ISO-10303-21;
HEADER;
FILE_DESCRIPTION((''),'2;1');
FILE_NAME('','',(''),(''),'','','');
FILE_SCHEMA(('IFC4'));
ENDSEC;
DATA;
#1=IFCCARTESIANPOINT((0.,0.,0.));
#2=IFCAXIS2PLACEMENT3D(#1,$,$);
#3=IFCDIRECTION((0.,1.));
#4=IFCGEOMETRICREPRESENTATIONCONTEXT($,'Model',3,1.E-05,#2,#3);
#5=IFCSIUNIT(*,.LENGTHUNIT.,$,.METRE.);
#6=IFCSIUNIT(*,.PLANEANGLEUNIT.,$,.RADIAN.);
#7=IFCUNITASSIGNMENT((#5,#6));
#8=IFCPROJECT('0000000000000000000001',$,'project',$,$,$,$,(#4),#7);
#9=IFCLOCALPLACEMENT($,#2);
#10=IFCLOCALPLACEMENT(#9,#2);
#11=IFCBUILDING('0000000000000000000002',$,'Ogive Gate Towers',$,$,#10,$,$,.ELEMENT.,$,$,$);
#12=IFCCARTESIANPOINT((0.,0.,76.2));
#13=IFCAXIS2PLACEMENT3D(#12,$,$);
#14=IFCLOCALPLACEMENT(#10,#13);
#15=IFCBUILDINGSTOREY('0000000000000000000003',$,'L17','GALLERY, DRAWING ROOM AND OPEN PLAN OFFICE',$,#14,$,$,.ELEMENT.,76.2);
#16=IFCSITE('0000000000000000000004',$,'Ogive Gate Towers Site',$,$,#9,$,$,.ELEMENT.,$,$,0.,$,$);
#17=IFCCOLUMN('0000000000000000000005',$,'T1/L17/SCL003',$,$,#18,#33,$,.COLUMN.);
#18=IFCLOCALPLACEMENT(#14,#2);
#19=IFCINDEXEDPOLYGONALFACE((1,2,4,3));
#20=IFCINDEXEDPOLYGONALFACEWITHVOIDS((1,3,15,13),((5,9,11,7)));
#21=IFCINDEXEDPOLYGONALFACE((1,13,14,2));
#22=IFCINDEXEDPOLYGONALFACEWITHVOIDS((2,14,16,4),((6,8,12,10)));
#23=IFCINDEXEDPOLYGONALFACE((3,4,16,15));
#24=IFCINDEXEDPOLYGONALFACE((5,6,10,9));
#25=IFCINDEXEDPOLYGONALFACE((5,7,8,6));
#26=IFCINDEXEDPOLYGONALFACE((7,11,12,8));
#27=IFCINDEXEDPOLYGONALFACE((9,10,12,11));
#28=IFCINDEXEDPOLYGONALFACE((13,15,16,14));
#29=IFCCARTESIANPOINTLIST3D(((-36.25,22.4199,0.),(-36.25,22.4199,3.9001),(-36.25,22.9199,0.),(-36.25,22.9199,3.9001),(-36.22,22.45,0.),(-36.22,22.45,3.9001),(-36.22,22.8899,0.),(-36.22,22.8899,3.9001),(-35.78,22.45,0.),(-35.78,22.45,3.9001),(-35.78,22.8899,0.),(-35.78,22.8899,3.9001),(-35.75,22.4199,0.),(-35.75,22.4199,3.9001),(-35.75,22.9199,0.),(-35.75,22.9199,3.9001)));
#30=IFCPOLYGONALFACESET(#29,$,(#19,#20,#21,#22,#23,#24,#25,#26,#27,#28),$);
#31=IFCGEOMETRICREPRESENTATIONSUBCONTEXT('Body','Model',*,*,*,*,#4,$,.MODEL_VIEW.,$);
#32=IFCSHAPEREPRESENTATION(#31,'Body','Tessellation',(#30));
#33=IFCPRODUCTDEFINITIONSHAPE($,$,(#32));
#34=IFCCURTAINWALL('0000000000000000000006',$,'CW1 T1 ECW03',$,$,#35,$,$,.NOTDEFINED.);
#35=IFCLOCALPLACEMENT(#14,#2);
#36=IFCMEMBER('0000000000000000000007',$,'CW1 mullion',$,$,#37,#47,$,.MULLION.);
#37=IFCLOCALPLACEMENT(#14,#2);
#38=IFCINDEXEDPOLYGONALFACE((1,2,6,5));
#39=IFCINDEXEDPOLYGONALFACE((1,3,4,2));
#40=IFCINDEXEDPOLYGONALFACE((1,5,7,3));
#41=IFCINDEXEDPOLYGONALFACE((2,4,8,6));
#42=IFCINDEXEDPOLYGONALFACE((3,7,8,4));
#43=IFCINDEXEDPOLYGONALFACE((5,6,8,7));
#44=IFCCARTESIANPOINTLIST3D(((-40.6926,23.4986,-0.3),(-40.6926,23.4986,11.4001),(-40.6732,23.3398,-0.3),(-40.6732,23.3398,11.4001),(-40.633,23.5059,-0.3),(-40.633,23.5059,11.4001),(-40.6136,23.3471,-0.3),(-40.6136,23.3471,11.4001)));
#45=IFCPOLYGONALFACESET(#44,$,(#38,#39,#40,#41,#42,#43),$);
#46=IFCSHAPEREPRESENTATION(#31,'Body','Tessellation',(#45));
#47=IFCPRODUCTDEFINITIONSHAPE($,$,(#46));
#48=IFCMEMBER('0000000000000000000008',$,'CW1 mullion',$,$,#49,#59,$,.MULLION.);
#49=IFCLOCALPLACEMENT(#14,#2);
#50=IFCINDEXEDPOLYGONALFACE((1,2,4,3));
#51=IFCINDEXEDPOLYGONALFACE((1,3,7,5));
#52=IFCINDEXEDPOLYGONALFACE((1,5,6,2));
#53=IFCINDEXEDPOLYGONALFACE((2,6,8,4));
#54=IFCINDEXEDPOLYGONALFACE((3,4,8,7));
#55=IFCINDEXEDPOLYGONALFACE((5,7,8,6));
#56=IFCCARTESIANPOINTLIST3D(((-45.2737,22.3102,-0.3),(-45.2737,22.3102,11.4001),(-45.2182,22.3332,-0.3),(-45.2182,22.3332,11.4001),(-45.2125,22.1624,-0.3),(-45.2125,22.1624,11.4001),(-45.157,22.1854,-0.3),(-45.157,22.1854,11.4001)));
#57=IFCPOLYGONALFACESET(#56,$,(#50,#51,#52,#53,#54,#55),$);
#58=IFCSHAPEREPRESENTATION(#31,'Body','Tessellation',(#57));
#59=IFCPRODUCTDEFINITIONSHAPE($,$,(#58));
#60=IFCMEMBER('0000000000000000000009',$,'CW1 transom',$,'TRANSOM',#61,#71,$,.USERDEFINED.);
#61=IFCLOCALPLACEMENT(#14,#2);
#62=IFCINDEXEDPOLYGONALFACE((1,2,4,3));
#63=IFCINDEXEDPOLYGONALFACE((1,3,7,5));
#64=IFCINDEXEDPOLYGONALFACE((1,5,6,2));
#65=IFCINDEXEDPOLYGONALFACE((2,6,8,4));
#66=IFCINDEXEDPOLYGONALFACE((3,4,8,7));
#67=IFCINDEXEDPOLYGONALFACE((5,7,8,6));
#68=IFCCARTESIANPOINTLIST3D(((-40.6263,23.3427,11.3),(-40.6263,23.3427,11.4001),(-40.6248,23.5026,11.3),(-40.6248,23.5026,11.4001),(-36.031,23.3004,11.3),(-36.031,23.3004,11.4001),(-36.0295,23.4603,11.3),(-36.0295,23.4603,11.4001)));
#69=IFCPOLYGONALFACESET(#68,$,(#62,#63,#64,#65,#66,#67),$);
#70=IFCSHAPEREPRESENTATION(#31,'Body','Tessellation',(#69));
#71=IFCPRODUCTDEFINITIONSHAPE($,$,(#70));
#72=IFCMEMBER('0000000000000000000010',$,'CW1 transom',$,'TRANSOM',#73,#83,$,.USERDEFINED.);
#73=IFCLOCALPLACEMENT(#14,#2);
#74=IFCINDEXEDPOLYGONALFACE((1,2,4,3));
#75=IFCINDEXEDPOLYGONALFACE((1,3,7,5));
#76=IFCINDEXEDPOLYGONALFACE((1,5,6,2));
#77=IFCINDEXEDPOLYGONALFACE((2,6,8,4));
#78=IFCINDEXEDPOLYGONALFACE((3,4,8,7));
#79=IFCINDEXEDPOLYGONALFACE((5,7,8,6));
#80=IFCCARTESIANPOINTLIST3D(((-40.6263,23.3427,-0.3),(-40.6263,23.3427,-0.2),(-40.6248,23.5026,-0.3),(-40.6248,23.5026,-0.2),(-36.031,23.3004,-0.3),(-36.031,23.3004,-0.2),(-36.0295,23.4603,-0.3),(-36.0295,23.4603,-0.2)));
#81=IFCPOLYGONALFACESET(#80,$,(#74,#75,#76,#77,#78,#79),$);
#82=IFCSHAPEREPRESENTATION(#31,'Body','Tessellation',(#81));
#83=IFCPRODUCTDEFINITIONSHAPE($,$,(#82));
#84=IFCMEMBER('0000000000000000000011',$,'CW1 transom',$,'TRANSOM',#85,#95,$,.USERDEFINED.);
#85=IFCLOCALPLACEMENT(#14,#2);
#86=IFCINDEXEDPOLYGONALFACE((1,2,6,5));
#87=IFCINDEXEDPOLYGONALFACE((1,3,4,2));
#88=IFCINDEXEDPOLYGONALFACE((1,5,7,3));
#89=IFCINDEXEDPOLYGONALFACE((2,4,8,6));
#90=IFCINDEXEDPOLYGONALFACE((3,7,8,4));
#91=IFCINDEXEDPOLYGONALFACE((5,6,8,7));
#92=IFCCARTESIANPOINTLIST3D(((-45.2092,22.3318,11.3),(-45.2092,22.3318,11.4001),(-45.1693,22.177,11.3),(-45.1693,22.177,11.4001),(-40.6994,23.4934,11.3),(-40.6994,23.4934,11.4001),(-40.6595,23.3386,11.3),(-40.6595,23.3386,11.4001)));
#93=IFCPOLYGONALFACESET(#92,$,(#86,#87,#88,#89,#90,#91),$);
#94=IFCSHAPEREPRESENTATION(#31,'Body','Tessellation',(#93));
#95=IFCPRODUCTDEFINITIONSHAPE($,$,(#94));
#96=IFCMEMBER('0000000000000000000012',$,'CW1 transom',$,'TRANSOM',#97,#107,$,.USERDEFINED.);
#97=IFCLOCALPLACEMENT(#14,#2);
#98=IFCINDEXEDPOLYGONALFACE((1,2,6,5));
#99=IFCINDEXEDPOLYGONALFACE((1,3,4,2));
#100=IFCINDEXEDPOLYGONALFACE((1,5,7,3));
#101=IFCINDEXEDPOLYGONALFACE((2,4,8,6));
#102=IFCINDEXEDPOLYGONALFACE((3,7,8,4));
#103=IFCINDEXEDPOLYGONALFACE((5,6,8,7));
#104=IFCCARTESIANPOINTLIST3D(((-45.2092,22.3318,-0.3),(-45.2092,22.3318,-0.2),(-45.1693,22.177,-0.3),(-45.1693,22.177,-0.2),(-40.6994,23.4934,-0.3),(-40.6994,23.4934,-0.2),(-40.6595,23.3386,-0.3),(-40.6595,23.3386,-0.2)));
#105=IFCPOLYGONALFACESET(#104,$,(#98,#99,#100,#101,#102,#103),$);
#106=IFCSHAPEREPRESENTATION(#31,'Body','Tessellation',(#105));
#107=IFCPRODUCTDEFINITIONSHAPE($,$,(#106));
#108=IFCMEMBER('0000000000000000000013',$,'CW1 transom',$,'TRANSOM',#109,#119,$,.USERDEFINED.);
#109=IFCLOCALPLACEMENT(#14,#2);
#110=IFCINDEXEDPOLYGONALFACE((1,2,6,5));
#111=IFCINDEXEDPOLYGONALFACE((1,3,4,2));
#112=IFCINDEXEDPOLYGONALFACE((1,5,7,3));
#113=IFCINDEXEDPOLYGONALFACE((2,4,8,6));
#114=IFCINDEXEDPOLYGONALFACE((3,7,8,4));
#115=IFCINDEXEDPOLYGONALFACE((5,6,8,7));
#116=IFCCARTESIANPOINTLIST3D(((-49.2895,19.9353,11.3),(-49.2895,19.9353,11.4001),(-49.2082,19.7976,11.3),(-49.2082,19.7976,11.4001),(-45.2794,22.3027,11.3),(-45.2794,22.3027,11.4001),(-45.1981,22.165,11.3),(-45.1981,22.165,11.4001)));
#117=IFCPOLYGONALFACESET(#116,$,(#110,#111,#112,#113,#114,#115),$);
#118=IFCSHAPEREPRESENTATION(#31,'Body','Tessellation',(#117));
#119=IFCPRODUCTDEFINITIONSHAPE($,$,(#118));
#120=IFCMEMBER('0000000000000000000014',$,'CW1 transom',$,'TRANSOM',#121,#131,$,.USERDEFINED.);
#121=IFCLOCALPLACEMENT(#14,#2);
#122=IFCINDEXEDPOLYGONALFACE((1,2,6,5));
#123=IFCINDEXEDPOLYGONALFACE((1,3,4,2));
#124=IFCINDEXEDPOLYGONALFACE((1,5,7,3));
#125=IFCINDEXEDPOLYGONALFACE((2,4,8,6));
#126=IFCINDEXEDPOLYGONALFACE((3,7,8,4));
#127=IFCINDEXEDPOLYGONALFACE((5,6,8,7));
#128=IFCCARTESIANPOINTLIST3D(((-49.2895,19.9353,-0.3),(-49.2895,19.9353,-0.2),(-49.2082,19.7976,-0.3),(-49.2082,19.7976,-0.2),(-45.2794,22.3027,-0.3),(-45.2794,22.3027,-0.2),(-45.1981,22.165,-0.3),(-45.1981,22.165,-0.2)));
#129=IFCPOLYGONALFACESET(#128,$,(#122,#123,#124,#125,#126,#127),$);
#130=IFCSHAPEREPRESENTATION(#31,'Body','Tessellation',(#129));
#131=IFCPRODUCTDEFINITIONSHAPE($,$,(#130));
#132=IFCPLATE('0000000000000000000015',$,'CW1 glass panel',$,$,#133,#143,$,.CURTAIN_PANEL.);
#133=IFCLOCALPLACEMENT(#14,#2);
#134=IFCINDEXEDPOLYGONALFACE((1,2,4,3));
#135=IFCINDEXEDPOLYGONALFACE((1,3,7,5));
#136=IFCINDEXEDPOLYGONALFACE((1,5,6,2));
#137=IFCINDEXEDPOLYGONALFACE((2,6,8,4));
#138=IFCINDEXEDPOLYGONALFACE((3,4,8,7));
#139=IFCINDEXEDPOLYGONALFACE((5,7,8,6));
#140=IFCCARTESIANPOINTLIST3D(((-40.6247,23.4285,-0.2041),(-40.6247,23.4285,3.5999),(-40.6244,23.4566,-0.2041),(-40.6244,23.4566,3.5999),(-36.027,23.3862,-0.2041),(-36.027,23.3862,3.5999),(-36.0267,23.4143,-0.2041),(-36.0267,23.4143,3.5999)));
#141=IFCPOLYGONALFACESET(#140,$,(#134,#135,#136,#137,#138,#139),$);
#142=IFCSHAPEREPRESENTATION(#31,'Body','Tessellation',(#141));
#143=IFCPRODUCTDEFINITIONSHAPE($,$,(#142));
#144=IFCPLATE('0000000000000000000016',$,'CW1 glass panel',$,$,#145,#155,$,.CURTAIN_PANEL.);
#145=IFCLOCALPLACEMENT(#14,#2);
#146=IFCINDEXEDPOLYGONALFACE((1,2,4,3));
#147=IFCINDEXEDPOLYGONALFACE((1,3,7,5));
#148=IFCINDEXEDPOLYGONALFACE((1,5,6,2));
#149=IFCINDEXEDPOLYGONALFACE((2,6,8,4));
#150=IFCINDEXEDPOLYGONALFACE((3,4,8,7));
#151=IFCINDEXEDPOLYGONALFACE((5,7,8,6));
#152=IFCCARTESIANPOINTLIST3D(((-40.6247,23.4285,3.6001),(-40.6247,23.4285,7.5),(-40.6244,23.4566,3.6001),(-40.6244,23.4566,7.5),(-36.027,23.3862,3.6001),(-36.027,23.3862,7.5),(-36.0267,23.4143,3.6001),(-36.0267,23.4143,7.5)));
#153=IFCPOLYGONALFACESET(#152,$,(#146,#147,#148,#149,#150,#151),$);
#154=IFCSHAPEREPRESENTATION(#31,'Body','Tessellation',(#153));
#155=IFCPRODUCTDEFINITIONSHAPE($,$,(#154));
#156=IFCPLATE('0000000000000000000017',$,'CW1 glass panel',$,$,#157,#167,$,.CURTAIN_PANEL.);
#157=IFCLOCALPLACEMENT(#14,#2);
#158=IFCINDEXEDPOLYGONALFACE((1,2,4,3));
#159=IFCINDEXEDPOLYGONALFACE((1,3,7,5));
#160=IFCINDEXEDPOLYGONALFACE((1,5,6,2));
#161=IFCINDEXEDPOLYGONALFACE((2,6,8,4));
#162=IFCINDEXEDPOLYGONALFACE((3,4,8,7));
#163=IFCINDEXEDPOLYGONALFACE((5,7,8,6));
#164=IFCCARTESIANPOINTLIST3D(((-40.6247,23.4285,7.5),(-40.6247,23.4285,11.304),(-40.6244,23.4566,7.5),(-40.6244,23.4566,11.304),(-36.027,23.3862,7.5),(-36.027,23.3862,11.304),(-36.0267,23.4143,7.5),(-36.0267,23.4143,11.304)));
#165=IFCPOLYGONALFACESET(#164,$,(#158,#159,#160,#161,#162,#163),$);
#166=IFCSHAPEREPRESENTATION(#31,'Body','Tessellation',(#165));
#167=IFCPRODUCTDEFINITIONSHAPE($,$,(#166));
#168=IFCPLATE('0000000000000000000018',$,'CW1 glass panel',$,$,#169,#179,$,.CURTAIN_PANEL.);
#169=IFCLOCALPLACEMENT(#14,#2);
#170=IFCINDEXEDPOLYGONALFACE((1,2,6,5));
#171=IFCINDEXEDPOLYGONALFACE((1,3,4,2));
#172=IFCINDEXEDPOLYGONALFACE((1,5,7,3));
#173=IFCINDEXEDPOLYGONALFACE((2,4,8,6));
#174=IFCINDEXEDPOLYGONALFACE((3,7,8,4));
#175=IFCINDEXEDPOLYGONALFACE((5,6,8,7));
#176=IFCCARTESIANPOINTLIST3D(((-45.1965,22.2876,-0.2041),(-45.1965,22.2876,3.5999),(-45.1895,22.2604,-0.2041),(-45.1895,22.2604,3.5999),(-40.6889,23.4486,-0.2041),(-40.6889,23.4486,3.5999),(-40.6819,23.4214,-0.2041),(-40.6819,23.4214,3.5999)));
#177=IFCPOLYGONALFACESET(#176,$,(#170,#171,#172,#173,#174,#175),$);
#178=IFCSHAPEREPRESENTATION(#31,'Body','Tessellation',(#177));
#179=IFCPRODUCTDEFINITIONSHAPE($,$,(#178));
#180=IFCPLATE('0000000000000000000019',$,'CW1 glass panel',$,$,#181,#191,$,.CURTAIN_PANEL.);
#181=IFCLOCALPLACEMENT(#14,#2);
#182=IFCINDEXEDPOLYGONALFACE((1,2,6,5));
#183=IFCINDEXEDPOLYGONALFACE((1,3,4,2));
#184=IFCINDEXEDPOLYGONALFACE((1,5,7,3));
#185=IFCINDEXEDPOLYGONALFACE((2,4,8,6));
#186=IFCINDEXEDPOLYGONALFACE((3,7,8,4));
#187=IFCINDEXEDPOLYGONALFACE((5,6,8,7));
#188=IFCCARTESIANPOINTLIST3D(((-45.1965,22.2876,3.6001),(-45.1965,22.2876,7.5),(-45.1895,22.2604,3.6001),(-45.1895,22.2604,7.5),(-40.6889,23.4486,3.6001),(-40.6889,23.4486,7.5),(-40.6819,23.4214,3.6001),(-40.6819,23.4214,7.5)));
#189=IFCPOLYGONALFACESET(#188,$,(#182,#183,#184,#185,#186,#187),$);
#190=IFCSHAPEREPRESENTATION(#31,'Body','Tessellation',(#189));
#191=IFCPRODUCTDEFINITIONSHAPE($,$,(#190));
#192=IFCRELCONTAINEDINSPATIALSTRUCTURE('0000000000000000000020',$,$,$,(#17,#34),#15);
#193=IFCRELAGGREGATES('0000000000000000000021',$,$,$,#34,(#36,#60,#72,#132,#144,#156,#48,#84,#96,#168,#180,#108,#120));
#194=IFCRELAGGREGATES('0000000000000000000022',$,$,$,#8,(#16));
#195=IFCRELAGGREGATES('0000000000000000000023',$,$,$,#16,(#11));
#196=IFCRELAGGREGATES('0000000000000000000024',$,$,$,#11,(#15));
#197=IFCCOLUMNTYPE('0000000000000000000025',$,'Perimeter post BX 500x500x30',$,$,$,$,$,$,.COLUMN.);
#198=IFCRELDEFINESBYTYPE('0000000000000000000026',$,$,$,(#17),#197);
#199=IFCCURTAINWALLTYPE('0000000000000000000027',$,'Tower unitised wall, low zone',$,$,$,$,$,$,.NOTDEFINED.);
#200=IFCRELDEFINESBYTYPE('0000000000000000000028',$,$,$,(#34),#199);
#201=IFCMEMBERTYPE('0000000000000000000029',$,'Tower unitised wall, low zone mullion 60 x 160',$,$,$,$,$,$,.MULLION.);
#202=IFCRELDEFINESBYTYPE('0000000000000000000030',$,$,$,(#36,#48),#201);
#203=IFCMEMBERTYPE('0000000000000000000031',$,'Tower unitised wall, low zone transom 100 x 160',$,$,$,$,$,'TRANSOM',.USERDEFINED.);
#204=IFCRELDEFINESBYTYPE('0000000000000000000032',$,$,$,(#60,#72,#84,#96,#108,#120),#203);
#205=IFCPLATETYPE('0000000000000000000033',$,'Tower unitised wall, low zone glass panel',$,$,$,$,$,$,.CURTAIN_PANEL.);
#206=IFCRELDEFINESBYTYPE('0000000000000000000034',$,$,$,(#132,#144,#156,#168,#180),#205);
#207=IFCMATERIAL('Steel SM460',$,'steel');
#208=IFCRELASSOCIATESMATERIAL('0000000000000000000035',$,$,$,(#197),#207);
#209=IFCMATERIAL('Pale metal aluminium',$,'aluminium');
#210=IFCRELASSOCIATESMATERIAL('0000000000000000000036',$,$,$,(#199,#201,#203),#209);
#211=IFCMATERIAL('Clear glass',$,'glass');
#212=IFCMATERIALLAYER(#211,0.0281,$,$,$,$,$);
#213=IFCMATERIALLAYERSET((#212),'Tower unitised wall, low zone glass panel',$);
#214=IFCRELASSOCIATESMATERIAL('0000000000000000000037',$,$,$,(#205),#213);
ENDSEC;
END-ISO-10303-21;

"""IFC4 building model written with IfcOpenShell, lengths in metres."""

from ifc_helpers import new_model, si_unit, direction, frame, origin, origin_2d, place, context, subcontext, project, spatial, rectangle, hollow_rectangle, extrude, material, layer, layer_set, material_profile, profile_set, type_object, element, aggregate, save


model = new_model("IFC4")

# Units and contexts
model_context = context("Model", 3, precision=1e-05, world=origin(), true_north=direction((0.0, 1.0)))
body_context = subcontext(model_context, "Body", "Model", "MODEL_VIEW")
ifc_project = project(units=[si_unit("LENGTHUNIT", "METRE"), si_unit("PLANEANGLEUNIT", "RADIAN")], contexts=[model_context])

# Site, building, storey
site_placement = place(None, origin())
site = spatial("IfcSite", under=ifc_project, at=site_placement, Name="Ogive Gate Towers Site", CompositionType="ELEMENT", RefElevation=0.0)
building_placement = place(site_placement, origin())
building = spatial("IfcBuilding", under=site, at=building_placement, Name="Ogive Gate Towers", CompositionType="ELEMENT")
storey_placement = place(building_placement, frame((0.0, 0.0, 76.2)))
storey = spatial("IfcBuildingStorey", under=building, at=storey_placement, Name="L17", Description="GALLERY, DRAWING ROOM AND OPEN PLAN OFFICE", CompositionType="ELEMENT", Elevation=76.2)

# Column
ifc_material_1 = material(Name="Steel SM460", Category="steel")
ifc_material_profile_1 = material_profile(ifc_material_1, hollow_rectangle(XDim=0.5, YDim=0.5, WallThickness=0.03, at=origin_2d()), Name="BX 500x500x30")
ifc_profile_set_1 = profile_set([ifc_material_profile_1], Name="Steel SM460")
column_type = type_object("IfcColumnType", Name="Perimeter post BX 500x500x30", PredefinedType="COLUMN", material=ifc_profile_set_1)
column_placement = place(storey_placement, frame((-36.0, 22.6699, 0.0), z_axis=(0.0, 0.0, 1.0), x_axis=(1.0, 0.0, 0.0)))
element("IfcColumn", 1, at=column_placement, inside=storey, type_object=column_type, Name="T1/L17/SCL003", PredefinedType="COLUMN", context=body_context, shape_type="SweptSolid", body=[
    extrude(hollow_rectangle(XDim=0.5, YDim=0.5, WallThickness=0.03, at=origin_2d()), origin(), (0.0, 0.0, 1.0), 3.9001),
])

# Curtain wall, members, plates
ifc_material_2 = material(Name="Pale metal aluminium", Category="aluminium")
curtain_wall_type = type_object("IfcCurtainWallType", Name="Tower unitised wall, low zone", PredefinedType="NOTDEFINED", material=ifc_material_2)
curtain_wall_placement = place(storey_placement, origin())
curtain_wall = element("IfcCurtainWall", 2, at=curtain_wall_placement, inside=storey, type_object=curtain_wall_type, Name="CW1 T1 ECW03", PredefinedType="NOTDEFINED")
ifc_material_profile_2 = material_profile(ifc_material_2, rectangle(XDim=0.1599, YDim=0.0601, at=origin_2d()), Name="60 x 160 aluminium box")
ifc_profile_set_2 = profile_set([ifc_material_profile_2], Name="Pale metal aluminium")
member_type_1 = type_object("IfcMemberType", Name="Tower unitised wall, low zone mullion 60 x 160", PredefinedType="MULLION", material=ifc_profile_set_2)
member_1_placement = place(storey_placement, frame((-40.6531, 23.4229, -0.3), z_axis=(0.0, 0.0, 1.0), x_axis=(-0.121142, 0.992635, 0.0)))
member_1 = element("IfcMember", 3, at=member_1_placement, type_object=member_type_1, Name="CW1 mullion", PredefinedType="MULLION", context=body_context, shape_type="SweptSolid", body=[
    extrude(rectangle(XDim=0.1599, YDim=0.0601, at=origin_2d()), origin(), (0.0, 0.0, 1.0), 11.7002),
])
member_2_placement = place(storey_placement, frame((-45.2153, 22.2478, -0.3), z_axis=(0.0, 0.0, 1.0), x_axis=(-0.382683, 0.92388, 0.0)))
member_2 = element("IfcMember", 4, at=member_2_placement, type_object=member_type_1, Name="CW1 mullion", PredefinedType="MULLION", context=body_context, shape_type="SweptSolid", body=[
    extrude(rectangle(XDim=0.1599, YDim=0.0601, at=origin_2d()), origin(), (0.0, 0.0, 1.0), 11.7002),
])
ifc_material_profile_3 = material_profile(ifc_material_2, rectangle(XDim=0.1599, YDim=0.1001, at=origin_2d()), Name="100 x 160 aluminium box")
ifc_profile_set_3 = profile_set([ifc_material_profile_3], Name="Pale metal aluminium")
member_type_2 = type_object("IfcMemberType", Name="Tower unitised wall, low zone transom 100 x 160", ElementType="TRANSOM", PredefinedType="USERDEFINED", material=ifc_profile_set_3)
member_3_placement = place(storey_placement, frame((-36.0303, 23.3804, 11.3501), z_axis=(-0.999958, 0.009191, 0.0), x_axis=(-0.009191, -0.999958, 0.0)))
member_3 = element("IfcMember", 5, at=member_3_placement, type_object=member_type_2, Name="CW1 transom", ObjectType="TRANSOM", PredefinedType="USERDEFINED", context=body_context, shape_type="SweptSolid", body=[
    extrude(rectangle(XDim=0.1599, YDim=0.1001, at=origin_2d()), origin(), (0.0, 0.0, 1.0), 4.5955),
])
member_4_placement = place(storey_placement, frame((-36.0303, 23.3804, -0.25), z_axis=(-0.999958, 0.009191, 0.0), x_axis=(-0.009191, -0.999958, 0.0)))
member_4 = element("IfcMember", 6, at=member_4_placement, type_object=member_type_2, Name="CW1 transom", ObjectType="TRANSOM", PredefinedType="USERDEFINED", context=body_context, shape_type="SweptSolid", body=[
    extrude(rectangle(XDim=0.1599, YDim=0.1001, at=origin_2d()), origin(), (0.0, 0.0, 1.0), 4.5955),
])
member_5_placement = place(storey_placement, frame((-40.6794, 23.416, 11.3501), z_axis=(-0.968391, -0.249437, 0.0), x_axis=(0.249437, -0.968391, 0.0)))
member_5 = element("IfcMember", 7, at=member_5_placement, type_object=member_type_2, Name="CW1 transom", ObjectType="TRANSOM", PredefinedType="USERDEFINED", context=body_context, shape_type="SweptSolid", body=[
    extrude(rectangle(XDim=0.1599, YDim=0.1001, at=origin_2d()), origin(), (0.0, 0.0, 1.0), 4.657),
])
member_6_placement = place(storey_placement, frame((-40.6794, 23.416, -0.25), z_axis=(-0.968391, -0.249437, 0.0), x_axis=(0.249437, -0.968391, 0.0)))
member_6 = element("IfcMember", 8, at=member_6_placement, type_object=member_type_2, Name="CW1 transom", ObjectType="TRANSOM", PredefinedType="USERDEFINED", context=body_context, shape_type="SweptSolid", body=[
    extrude(rectangle(XDim=0.1599, YDim=0.1001, at=origin_2d()), origin(), (0.0, 0.0, 1.0), 4.657),
])
member_7_placement = place(storey_placement, frame((-45.2388, 22.2339, 11.3501), z_axis=(-0.861126, -0.508392, 0.0), x_axis=(0.508392, -0.861126, 0.0)))
member_7 = element("IfcMember", 9, at=member_7_placement, type_object=member_type_2, Name="CW1 transom", ObjectType="TRANSOM", PredefinedType="USERDEFINED", context=body_context, shape_type="SweptSolid", body=[
    extrude(rectangle(XDim=0.1599, YDim=0.1001, at=origin_2d()), origin(), (0.0, 0.0, 1.0), 4.6567),
])
member_8_placement = place(storey_placement, frame((-45.2388, 22.2339, -0.25), z_axis=(-0.861126, -0.508392, 0.0), x_axis=(0.508392, -0.861126, 0.0)))
member_8 = element("IfcMember", 10, at=member_8_placement, type_object=member_type_2, Name="CW1 transom", ObjectType="TRANSOM", PredefinedType="USERDEFINED", context=body_context, shape_type="SweptSolid", body=[
    extrude(rectangle(XDim=0.1599, YDim=0.1001, at=origin_2d()), origin(), (0.0, 0.0, 1.0), 4.6567),
])
ifc_material_3 = material(Name="Clear glass", Category="glass")
ifc_layer_1 = layer(ifc_material_3, 0.0281)
ifc_layer_set_1 = layer_set([ifc_layer_1], Name="Tower unitised wall, low zone glass panel")
plate_type = type_object("IfcPlateType", Name="Tower unitised wall, low zone glass panel", PredefinedType="CURTAIN_PANEL", material=ifc_layer_set_1)
plate_1_placement = place(storey_placement, frame((-38.3257, 23.4214, -0.2041), z_axis=(0.0, 0.0, 1.0), x_axis=(-0.999958, 0.009198, 0.0)))
plate_1 = element("IfcPlate", 11, at=plate_1_placement, type_object=plate_type, Name="CW1 glass panel", PredefinedType="CURTAIN_PANEL", context=body_context, shape_type="SweptSolid", body=[
    extrude(rectangle(XDim=4.5979, YDim=0.0281, at=origin_2d()), origin(), (0.0, 0.0, 1.0), 3.804),
])
plate_2_placement = place(storey_placement, frame((-38.3257, 23.4214, 3.6001), z_axis=(0.0, 0.0, 1.0), x_axis=(-0.999958, 0.009198, 0.0)))
plate_2 = element("IfcPlate", 12, at=plate_2_placement, type_object=plate_type, Name="CW1 glass panel", PredefinedType="CURTAIN_PANEL", context=body_context, shape_type="SweptSolid", body=[
    extrude(rectangle(XDim=4.5979, YDim=0.0281, at=origin_2d()), origin(), (0.0, 0.0, 1.0), 3.8999),
])
plate_3_placement = place(storey_placement, frame((-38.3257, 23.4214, 7.5), z_axis=(0.0, 0.0, 1.0), x_axis=(-0.999958, 0.009198, 0.0)))
plate_3 = element("IfcPlate", 13, at=plate_3_placement, type_object=plate_type, Name="CW1 glass panel", PredefinedType="CURTAIN_PANEL", context=body_context, shape_type="SweptSolid", body=[
    extrude(rectangle(XDim=4.5979, YDim=0.0281, at=origin_2d()), origin(), (0.0, 0.0, 1.0), 3.804),
])
plate_4_placement = place(storey_placement, frame((-42.9392, 22.8545, -0.2041), z_axis=(0.0, 0.0, 1.0), x_axis=(-0.968396, -0.249417, 0.0)))
plate_4 = element("IfcPlate", 14, at=plate_4_placement, type_object=plate_type, Name="CW1 glass panel", PredefinedType="CURTAIN_PANEL", context=body_context, shape_type="SweptSolid", body=[
    extrude(rectangle(XDim=4.6548, YDim=0.0281, at=origin_2d()), origin(), (0.0, 0.0, 1.0), 3.804),
])
plate_5_placement = place(storey_placement, frame((-42.9392, 22.8545, 3.6001), z_axis=(0.0, 0.0, 1.0), x_axis=(-0.968396, -0.249417, 0.0)))
plate_5 = element("IfcPlate", 15, at=plate_5_placement, type_object=plate_type, Name="CW1 glass panel", PredefinedType="CURTAIN_PANEL", context=body_context, shape_type="SweptSolid", body=[
    extrude(rectangle(XDim=4.6548, YDim=0.0281, at=origin_2d()), origin(), (0.0, 0.0, 1.0), 3.8999),
])
aggregate(curtain_wall, [member_1, member_3, member_4, plate_1, plate_2, plate_3, member_2, member_5, member_6, plate_4, plate_5, member_7, member_8])

save(model, "model.ifc")
